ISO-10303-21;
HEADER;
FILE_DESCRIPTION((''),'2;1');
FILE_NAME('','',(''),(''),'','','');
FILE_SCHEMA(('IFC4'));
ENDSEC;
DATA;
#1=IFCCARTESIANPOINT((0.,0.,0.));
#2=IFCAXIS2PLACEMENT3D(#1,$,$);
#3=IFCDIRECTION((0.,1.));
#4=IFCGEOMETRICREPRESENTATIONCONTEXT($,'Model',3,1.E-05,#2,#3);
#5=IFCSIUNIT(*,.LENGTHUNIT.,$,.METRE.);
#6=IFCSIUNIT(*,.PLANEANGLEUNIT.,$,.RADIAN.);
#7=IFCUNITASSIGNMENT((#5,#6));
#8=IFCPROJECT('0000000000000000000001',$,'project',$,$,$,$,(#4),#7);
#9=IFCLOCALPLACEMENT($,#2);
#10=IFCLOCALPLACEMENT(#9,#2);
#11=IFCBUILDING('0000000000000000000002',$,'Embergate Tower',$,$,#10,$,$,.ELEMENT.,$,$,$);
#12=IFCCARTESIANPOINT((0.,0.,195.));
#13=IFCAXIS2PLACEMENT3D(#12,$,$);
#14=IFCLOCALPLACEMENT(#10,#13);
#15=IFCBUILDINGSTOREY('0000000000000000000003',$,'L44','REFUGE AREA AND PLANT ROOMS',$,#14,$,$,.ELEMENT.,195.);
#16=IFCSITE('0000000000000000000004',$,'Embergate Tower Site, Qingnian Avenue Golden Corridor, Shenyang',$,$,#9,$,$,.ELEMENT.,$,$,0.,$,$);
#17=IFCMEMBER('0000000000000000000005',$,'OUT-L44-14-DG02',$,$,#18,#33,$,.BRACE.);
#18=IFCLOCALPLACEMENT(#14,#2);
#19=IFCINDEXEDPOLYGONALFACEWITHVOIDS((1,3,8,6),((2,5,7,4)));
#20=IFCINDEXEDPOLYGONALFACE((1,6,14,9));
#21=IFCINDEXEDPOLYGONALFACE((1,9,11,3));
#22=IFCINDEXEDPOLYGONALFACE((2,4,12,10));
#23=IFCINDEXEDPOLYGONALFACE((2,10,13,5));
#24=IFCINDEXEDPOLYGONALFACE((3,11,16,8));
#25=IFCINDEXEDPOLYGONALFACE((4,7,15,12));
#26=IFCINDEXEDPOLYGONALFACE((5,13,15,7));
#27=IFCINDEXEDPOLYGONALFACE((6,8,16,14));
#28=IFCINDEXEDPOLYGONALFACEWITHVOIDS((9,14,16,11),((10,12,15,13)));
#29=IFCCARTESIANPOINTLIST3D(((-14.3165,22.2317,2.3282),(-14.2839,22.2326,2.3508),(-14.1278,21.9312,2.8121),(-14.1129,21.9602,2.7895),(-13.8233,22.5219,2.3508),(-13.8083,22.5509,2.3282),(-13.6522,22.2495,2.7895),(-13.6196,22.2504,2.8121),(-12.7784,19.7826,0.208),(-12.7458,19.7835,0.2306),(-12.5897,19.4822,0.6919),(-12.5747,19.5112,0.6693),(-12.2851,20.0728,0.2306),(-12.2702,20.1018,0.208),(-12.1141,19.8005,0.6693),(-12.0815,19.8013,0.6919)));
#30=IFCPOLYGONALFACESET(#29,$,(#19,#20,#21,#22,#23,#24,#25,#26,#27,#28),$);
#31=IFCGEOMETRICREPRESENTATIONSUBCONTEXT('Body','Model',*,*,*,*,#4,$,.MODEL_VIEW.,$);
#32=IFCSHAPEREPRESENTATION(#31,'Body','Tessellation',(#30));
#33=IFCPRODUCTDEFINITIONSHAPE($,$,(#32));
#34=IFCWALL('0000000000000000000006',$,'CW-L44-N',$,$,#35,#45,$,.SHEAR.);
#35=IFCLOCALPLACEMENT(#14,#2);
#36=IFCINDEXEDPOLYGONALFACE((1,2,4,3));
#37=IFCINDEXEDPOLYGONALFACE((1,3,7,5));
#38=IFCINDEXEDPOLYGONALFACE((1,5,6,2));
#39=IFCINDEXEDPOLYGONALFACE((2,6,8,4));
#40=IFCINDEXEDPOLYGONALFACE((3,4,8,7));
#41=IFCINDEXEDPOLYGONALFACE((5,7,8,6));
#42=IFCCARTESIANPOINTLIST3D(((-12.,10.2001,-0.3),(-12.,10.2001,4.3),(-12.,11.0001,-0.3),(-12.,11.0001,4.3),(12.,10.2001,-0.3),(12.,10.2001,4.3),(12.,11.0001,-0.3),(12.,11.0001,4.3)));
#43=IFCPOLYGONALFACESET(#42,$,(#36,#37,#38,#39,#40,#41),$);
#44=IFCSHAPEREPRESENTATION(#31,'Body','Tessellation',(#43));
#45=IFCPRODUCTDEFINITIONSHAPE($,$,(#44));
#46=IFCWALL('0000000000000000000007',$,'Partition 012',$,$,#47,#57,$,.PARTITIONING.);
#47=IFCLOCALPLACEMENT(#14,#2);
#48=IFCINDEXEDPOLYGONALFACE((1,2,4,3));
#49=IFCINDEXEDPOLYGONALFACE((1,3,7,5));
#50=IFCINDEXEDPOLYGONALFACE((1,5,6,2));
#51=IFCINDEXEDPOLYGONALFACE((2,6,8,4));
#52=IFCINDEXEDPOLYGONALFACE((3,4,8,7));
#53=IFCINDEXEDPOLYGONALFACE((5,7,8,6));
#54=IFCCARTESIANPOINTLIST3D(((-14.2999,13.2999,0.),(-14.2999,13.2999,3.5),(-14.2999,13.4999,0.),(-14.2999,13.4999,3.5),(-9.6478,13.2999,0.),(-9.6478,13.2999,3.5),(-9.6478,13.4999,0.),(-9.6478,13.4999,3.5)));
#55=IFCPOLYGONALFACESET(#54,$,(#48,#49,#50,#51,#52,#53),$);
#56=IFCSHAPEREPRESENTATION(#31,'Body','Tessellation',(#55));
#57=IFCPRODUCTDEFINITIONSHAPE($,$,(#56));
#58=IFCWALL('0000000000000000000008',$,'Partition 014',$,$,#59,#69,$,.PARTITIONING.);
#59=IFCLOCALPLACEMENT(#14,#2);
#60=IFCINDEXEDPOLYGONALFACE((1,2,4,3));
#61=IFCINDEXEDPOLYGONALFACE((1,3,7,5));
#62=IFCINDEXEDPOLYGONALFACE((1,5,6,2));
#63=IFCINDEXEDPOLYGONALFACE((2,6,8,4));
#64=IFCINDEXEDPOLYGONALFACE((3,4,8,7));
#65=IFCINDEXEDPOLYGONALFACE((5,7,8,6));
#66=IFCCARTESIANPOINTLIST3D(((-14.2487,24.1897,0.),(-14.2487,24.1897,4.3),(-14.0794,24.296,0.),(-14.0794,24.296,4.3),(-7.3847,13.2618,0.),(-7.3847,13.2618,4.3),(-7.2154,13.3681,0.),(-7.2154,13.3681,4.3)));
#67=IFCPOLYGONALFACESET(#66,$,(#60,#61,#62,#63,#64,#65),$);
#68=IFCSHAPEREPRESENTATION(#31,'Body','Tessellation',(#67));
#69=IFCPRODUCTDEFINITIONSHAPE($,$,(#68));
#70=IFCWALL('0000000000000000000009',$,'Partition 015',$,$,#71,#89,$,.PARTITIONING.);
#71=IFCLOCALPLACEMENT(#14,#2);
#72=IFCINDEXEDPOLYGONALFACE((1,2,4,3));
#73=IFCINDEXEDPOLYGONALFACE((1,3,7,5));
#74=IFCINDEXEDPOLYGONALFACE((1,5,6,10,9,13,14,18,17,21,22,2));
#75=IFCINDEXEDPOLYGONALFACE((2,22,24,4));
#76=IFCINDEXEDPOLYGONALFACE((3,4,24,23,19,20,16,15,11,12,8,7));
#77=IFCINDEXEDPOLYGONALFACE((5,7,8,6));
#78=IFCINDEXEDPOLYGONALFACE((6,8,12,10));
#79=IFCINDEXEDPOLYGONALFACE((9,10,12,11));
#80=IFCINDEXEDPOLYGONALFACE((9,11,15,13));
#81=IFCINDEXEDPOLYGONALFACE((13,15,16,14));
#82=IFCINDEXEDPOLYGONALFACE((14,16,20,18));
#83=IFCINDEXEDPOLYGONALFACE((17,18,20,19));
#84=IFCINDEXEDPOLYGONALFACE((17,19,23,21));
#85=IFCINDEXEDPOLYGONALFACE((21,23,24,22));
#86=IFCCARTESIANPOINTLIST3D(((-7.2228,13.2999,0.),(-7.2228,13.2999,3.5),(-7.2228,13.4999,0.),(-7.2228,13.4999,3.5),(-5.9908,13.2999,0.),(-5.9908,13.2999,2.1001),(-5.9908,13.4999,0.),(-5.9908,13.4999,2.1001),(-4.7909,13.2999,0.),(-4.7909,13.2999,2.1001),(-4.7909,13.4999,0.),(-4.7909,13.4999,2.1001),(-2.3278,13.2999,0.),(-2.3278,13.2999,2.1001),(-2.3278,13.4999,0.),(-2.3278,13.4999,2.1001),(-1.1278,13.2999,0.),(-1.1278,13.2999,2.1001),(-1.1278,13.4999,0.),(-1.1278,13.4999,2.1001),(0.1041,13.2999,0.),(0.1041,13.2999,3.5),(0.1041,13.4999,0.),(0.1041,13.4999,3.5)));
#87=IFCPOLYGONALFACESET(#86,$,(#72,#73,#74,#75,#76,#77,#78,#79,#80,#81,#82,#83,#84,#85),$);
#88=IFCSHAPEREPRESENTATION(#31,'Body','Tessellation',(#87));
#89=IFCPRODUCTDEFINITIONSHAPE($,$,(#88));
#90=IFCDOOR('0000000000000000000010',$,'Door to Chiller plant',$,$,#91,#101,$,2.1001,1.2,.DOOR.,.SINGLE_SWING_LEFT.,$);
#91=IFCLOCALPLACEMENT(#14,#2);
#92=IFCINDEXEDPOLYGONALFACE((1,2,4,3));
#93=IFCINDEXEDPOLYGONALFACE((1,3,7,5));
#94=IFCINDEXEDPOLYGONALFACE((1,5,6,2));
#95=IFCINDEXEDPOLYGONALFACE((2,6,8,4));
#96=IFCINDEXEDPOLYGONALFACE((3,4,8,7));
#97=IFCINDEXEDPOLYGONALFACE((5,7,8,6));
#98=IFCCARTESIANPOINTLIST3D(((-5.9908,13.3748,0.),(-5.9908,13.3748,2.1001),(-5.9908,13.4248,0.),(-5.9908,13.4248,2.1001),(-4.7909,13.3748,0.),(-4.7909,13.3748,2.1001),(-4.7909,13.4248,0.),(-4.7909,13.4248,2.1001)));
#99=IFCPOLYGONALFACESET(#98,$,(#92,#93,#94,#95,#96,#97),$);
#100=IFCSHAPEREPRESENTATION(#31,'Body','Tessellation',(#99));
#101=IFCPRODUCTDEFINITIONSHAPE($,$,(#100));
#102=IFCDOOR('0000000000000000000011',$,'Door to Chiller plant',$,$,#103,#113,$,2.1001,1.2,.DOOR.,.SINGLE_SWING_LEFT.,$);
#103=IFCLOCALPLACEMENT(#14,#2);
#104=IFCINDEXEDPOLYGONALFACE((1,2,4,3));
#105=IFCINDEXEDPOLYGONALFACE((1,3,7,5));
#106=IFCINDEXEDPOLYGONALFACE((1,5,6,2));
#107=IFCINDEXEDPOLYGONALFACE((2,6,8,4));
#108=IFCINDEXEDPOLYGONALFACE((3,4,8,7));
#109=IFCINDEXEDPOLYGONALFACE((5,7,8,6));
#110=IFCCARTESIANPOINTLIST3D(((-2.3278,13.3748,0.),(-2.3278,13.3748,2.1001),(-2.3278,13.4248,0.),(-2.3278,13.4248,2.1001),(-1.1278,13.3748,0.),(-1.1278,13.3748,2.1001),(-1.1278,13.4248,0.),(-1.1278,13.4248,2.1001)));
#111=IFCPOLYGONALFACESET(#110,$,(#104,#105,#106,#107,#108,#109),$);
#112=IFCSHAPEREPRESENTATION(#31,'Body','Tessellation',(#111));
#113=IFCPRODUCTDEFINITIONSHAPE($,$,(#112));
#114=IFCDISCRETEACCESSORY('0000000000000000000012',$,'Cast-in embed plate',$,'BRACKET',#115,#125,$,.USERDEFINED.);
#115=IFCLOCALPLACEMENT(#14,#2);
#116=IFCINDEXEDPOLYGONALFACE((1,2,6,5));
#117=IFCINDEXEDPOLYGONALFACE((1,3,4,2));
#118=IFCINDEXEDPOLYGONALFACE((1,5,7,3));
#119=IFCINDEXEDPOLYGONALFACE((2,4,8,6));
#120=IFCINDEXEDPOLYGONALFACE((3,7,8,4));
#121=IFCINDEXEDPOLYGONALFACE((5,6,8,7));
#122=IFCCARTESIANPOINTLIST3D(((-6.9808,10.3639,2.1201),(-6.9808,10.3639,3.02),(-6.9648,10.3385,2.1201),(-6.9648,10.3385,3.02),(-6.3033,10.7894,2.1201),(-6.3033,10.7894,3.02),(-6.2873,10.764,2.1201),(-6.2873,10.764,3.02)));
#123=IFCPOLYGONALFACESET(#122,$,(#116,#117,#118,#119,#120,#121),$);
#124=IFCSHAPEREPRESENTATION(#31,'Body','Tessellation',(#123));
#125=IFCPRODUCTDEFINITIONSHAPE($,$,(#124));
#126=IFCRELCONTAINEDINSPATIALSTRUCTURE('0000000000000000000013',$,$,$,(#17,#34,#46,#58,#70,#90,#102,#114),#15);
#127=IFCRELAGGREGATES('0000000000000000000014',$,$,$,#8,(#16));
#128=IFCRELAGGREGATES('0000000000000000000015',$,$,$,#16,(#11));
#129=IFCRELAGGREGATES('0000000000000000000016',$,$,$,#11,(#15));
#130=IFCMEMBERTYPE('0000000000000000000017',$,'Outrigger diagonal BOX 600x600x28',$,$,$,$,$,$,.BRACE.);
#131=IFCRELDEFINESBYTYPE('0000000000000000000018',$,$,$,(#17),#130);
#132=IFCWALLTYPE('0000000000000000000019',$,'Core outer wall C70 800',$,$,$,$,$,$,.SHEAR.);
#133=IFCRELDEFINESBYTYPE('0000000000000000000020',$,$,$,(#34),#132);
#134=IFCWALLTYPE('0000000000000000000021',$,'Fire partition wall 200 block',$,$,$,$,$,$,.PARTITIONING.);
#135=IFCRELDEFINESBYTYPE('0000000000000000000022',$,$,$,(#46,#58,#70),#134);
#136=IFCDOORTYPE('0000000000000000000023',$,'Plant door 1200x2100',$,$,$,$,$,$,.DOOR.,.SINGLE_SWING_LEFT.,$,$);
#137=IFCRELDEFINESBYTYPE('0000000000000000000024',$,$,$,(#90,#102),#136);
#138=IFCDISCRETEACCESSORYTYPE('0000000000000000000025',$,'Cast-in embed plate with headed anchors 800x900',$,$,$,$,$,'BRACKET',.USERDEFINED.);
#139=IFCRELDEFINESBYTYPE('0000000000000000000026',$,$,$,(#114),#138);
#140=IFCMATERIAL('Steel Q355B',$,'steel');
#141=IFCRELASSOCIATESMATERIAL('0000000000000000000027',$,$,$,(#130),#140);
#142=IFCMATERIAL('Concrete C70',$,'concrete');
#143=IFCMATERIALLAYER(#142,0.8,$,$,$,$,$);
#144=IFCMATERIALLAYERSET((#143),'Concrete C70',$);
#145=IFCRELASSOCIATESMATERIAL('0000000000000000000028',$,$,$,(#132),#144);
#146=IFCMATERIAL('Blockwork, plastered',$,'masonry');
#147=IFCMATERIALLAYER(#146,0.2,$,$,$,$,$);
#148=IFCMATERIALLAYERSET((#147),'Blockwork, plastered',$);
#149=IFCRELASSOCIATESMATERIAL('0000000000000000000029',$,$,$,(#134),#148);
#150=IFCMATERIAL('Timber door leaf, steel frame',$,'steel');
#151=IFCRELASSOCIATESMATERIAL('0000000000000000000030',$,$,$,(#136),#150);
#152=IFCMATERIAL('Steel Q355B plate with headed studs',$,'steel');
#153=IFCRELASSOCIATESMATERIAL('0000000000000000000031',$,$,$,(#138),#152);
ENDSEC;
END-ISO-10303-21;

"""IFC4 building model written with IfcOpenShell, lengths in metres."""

from ifc_helpers import new_model, si_unit, direction, frame, frame_2d, origin, origin_2d, place, context, subcontext, project, spatial, rectangle, hollow_rectangle, extrude, source, transform, mapped, material, layer, layer_set, material_profile, profile_set, type_object, element, fill, save


model = new_model("IFC4")

# Units and contexts
model_context = context("Model", 3, precision=1e-05, world=origin(), true_north=direction((0.0, 1.0)))
body_context = subcontext(model_context, "Body", "Model", "MODEL_VIEW")
ifc_project = project(units=[si_unit("LENGTHUNIT", "METRE"), si_unit("PLANEANGLEUNIT", "RADIAN")], contexts=[model_context])

# Site, building, storey
site_placement = place(None, origin())
site = spatial("IfcSite", under=ifc_project, at=site_placement, Name="Embergate Tower Site, Qingnian Avenue Golden Corridor, Shenyang", CompositionType="ELEMENT", RefElevation=0.0)
building_placement = place(site_placement, origin())
building = spatial("IfcBuilding", under=site, at=building_placement, Name="Embergate Tower", CompositionType="ELEMENT")
storey_placement = place(building_placement, frame((0.0, 0.0, 195.0)))
storey = spatial("IfcBuildingStorey", under=building, at=storey_placement, Name="L44", Description="REFUGE AREA AND PLANT ROOMS", CompositionType="ELEMENT", Elevation=195.0)

# Member
ifc_material_1 = material(Name="Steel Q355B", Category="steel")
ifc_material_profile_1 = material_profile(ifc_material_1, hollow_rectangle(XDim=0.6001, YDim=0.6001, WallThickness=0.0281, at=origin_2d()), Name="BOX 600x600x28")
ifc_profile_set_1 = profile_set([ifc_material_profile_1], Name="Steel Q355 grade B")
member_type_1 = type_object("IfcMemberType", Name="Outrigger diagonal BOX 600x600x28", PredefinedType="BRACE", material=ifc_profile_set_1)
shared_shape_1 = source(origin(), body_context, "Body", "SweptSolid", [
    extrude(hollow_rectangle(XDim=0.6001, YDim=0.6001, WallThickness=0.0281, at=origin_2d()), origin(), (0.0, 0.0, 1.0), 3.5859),
])
member_1_placement = place(storey_placement, frame((-12.4299, 19.792, 0.45), z_axis=(-0.428936, 0.682961, 0.591251), x_axis=(-0.846834, -0.531857, 0.0)))
element("IfcMember", 1, at=member_1_placement, inside=storey, type_object=member_type_1, Name="OUT-L44-14-DG02", PredefinedType="BRACE", context=body_context, shape_type="MappedRepresentation", body=[
    mapped(shared_shape_1, transform((0.0, 0.0, 0.0))),
])

# Walls
ifc_material_2 = material(Name="Concrete C70", Category="concrete")
ifc_layer_1 = layer(ifc_material_2, 0.8)
ifc_layer_set_1 = layer_set([ifc_layer_1], Name="Concrete C70")
wall_type_1 = type_object("IfcWallType", Name="Core outer wall C70 800", PredefinedType="SHEAR", material=ifc_layer_set_1)
shared_shape_2 = source(origin(), body_context, "Body", "SweptSolid", [
    extrude(rectangle(XDim=24.0, YDim=0.8, at=frame_2d((12.0, 0.0))), origin(), (0.0, 0.0, 1.0), 4.6001),
])
wall_1_placement = place(storey_placement, frame((-12.0, 10.6001, -0.3), z_axis=(0.0, 0.0, 1.0), x_axis=(1.0, 0.0, 0.0)))
element("IfcWall", 2, at=wall_1_placement, inside=storey, type_object=wall_type_1, Name="CW-L44-N", PredefinedType="SHEAR", context=body_context, shape_type="MappedRepresentation", body=[
    mapped(shared_shape_2, transform((0.0, 0.0, 0.0))),
])
ifc_material_3 = material(Name="Blockwork, plastered", Category="masonry")
ifc_layer_2 = layer(ifc_material_3, 0.2)
ifc_layer_set_2 = layer_set([ifc_layer_2], Name="Blockwork, plastered")
wall_type_2 = type_object("IfcWallType", Name="Fire partition wall 200 block", PredefinedType="PARTITIONING", material=ifc_layer_set_2)
shared_shape_3 = source(origin(), body_context, "Body", "SweptSolid", [
    extrude(rectangle(XDim=4.6521, YDim=0.2, at=frame_2d((2.3262, 0.0))), origin(), (0.0, 0.0, 1.0), 3.5),
])
wall_2_placement = place(storey_placement, frame((-14.3, 13.3999, 0.0), z_axis=(0.0, 0.0, 1.0), x_axis=(1.0, 0.0, 0.0)))
element("IfcWall", 3, at=wall_2_placement, inside=storey, type_object=wall_type_2, Name="Partition 012", PredefinedType="PARTITIONING", context=body_context, shape_type="MappedRepresentation", body=[
    mapped(shared_shape_3, transform((0.0, 0.0, 0.0))),
])
shared_shape_4 = source(origin(), body_context, "Body", "SweptSolid", [
    extrude(rectangle(XDim=12.9048, YDim=0.2, at=frame_2d((6.4524, 0.0))), origin(), (0.0, 0.0, 1.0), 4.3),
])
wall_3_placement = place(storey_placement, frame((-7.3, 13.3149, 0.0), z_axis=(0.0, 0.0, 1.0), x_axis=(-0.531894, 0.846811, 0.0)))
element("IfcWall", 4, at=wall_3_placement, inside=storey, type_object=wall_type_2, Name="Partition 014", PredefinedType="PARTITIONING", context=body_context, shape_type="MappedRepresentation", body=[
    mapped(shared_shape_4, transform((0.0, 0.0, 0.0))),
])

# Wall, openings, doors
shared_shape_5 = source(origin(), body_context, "Body", "SweptSolid", [
    extrude(rectangle(XDim=7.3269, YDim=0.2, at=frame_2d((3.6636, 0.0))), origin(), (0.0, 0.0, 1.0), 3.5),
])
wall_4_placement = place(storey_placement, frame((-7.2229, 13.3999, 0.0), z_axis=(0.0, 0.0, 1.0), x_axis=(1.0, 0.0, 0.0)))
wall_4 = element("IfcWall", 5, at=wall_4_placement, inside=storey, type_object=wall_type_2, Name="Partition 015", PredefinedType="PARTITIONING", context=body_context, shape_type="MappedRepresentation", body=[
    mapped(shared_shape_5, transform((0.0, 0.0, 0.0))),
])
shared_shape_6 = source(origin(), body_context, "Body", "SweptSolid", [
    extrude(rectangle(XDim=1.2, YDim=2.1001, at=frame_2d((0.6001, 1.05))), frame((0.0, 0.1099, 0.0), z_axis=(0.0, -1.0, 0.0), x_axis=(1.0, 0.0, 0.0)), (0.0, 0.0, 1.0), 0.22),
])
opening_1_placement = place(wall_4_placement, frame((1.2319, 0.0, 0.0)))
opening_1 = element("IfcOpeningElement", 6, at=opening_1_placement, cuts=wall_4, PredefinedType="OPENING", context=body_context, shape_type="MappedRepresentation", body=[
    mapped(shared_shape_6, transform((0.0, 0.0, 0.0))),
])
opening_2_placement = place(wall_4_placement, frame((4.895, 0.0, 0.0)))
opening_2 = element("IfcOpeningElement", 7, at=opening_2_placement, cuts=wall_4, PredefinedType="OPENING", context=body_context, shape_type="MappedRepresentation", body=[
    mapped(shared_shape_6, transform((0.0, 0.0, 0.0))),
])
ifc_material_4 = material(Name="Timber door leaf, steel frame", Category="steel")
door_type = type_object("IfcDoorType", Name="Plant door 1200x2100", OperationType="SINGLE_SWING_LEFT", PredefinedType="DOOR", material=ifc_material_4)
shared_shape_7 = source(origin(), body_context, "Body", "SweptSolid", [
    extrude(rectangle(XDim=1.2, YDim=2.1001, at=frame_2d((0.6001, 1.05))), frame((0.0, 0.0249, 0.0), z_axis=(0.0, -1.0, 0.0), x_axis=(1.0, 0.0, 0.0)), (0.0, 0.0, 1.0), 0.05),
])
door_1_placement = place(opening_1_placement, origin())
door_1 = element("IfcDoor", 8, at=door_1_placement, inside=storey, type_object=door_type, Name="Door to Chiller plant", OperationType="SINGLE_SWING_LEFT", OverallHeight=2.1001, OverallWidth=1.2, PredefinedType="DOOR", context=body_context, shape_type="MappedRepresentation", body=[
    mapped(shared_shape_7, transform((0.0, 0.0, 0.0))),
])
fill(opening_1, door_1)
door_2_placement = place(opening_2_placement, origin())
door_2 = element("IfcDoor", 9, at=door_2_placement, inside=storey, type_object=door_type, Name="Door to Chiller plant", OperationType="SINGLE_SWING_LEFT", OverallHeight=2.1001, OverallWidth=1.2, PredefinedType="DOOR", context=body_context, shape_type="MappedRepresentation", body=[
    mapped(shared_shape_7, transform((0.0, 0.0, 0.0))),
])
fill(opening_2, door_2)

# Discrete accessory
ifc_material_5 = material(Name="Steel Q355B plate with headed studs", Category="steel")
discrete_accessory_type = type_object("IfcDiscreteAccessoryType", Name="Cast-in embed plate with headed anchors 800x900", ElementType="BRACKET", PredefinedType="USERDEFINED", material=ifc_material_5)
shared_shape_8 = source(origin(), body_context, "Body", "SweptSolid", [
    extrude(rectangle(XDim=0.03, YDim=0.8, at=origin_2d()), origin(), (0.0, 0.0, 1.0), 0.8999),
])
discrete_accessory_placement = place(storey_placement, frame((-6.634, 10.564, 2.1201), z_axis=(0.0, 0.0, 1.0), x_axis=(-0.531886, 0.846816, 0.0)))
element("IfcDiscreteAccessory", 10, at=discrete_accessory_placement, inside=storey, type_object=discrete_accessory_type, Name="Cast-in embed plate", ObjectType="BRACKET", PredefinedType="USERDEFINED", context=body_context, shape_type="MappedRepresentation", body=[
    mapped(shared_shape_8, transform((0.0, 0.0, 0.0))),
])

save(model, "model.ifc")
